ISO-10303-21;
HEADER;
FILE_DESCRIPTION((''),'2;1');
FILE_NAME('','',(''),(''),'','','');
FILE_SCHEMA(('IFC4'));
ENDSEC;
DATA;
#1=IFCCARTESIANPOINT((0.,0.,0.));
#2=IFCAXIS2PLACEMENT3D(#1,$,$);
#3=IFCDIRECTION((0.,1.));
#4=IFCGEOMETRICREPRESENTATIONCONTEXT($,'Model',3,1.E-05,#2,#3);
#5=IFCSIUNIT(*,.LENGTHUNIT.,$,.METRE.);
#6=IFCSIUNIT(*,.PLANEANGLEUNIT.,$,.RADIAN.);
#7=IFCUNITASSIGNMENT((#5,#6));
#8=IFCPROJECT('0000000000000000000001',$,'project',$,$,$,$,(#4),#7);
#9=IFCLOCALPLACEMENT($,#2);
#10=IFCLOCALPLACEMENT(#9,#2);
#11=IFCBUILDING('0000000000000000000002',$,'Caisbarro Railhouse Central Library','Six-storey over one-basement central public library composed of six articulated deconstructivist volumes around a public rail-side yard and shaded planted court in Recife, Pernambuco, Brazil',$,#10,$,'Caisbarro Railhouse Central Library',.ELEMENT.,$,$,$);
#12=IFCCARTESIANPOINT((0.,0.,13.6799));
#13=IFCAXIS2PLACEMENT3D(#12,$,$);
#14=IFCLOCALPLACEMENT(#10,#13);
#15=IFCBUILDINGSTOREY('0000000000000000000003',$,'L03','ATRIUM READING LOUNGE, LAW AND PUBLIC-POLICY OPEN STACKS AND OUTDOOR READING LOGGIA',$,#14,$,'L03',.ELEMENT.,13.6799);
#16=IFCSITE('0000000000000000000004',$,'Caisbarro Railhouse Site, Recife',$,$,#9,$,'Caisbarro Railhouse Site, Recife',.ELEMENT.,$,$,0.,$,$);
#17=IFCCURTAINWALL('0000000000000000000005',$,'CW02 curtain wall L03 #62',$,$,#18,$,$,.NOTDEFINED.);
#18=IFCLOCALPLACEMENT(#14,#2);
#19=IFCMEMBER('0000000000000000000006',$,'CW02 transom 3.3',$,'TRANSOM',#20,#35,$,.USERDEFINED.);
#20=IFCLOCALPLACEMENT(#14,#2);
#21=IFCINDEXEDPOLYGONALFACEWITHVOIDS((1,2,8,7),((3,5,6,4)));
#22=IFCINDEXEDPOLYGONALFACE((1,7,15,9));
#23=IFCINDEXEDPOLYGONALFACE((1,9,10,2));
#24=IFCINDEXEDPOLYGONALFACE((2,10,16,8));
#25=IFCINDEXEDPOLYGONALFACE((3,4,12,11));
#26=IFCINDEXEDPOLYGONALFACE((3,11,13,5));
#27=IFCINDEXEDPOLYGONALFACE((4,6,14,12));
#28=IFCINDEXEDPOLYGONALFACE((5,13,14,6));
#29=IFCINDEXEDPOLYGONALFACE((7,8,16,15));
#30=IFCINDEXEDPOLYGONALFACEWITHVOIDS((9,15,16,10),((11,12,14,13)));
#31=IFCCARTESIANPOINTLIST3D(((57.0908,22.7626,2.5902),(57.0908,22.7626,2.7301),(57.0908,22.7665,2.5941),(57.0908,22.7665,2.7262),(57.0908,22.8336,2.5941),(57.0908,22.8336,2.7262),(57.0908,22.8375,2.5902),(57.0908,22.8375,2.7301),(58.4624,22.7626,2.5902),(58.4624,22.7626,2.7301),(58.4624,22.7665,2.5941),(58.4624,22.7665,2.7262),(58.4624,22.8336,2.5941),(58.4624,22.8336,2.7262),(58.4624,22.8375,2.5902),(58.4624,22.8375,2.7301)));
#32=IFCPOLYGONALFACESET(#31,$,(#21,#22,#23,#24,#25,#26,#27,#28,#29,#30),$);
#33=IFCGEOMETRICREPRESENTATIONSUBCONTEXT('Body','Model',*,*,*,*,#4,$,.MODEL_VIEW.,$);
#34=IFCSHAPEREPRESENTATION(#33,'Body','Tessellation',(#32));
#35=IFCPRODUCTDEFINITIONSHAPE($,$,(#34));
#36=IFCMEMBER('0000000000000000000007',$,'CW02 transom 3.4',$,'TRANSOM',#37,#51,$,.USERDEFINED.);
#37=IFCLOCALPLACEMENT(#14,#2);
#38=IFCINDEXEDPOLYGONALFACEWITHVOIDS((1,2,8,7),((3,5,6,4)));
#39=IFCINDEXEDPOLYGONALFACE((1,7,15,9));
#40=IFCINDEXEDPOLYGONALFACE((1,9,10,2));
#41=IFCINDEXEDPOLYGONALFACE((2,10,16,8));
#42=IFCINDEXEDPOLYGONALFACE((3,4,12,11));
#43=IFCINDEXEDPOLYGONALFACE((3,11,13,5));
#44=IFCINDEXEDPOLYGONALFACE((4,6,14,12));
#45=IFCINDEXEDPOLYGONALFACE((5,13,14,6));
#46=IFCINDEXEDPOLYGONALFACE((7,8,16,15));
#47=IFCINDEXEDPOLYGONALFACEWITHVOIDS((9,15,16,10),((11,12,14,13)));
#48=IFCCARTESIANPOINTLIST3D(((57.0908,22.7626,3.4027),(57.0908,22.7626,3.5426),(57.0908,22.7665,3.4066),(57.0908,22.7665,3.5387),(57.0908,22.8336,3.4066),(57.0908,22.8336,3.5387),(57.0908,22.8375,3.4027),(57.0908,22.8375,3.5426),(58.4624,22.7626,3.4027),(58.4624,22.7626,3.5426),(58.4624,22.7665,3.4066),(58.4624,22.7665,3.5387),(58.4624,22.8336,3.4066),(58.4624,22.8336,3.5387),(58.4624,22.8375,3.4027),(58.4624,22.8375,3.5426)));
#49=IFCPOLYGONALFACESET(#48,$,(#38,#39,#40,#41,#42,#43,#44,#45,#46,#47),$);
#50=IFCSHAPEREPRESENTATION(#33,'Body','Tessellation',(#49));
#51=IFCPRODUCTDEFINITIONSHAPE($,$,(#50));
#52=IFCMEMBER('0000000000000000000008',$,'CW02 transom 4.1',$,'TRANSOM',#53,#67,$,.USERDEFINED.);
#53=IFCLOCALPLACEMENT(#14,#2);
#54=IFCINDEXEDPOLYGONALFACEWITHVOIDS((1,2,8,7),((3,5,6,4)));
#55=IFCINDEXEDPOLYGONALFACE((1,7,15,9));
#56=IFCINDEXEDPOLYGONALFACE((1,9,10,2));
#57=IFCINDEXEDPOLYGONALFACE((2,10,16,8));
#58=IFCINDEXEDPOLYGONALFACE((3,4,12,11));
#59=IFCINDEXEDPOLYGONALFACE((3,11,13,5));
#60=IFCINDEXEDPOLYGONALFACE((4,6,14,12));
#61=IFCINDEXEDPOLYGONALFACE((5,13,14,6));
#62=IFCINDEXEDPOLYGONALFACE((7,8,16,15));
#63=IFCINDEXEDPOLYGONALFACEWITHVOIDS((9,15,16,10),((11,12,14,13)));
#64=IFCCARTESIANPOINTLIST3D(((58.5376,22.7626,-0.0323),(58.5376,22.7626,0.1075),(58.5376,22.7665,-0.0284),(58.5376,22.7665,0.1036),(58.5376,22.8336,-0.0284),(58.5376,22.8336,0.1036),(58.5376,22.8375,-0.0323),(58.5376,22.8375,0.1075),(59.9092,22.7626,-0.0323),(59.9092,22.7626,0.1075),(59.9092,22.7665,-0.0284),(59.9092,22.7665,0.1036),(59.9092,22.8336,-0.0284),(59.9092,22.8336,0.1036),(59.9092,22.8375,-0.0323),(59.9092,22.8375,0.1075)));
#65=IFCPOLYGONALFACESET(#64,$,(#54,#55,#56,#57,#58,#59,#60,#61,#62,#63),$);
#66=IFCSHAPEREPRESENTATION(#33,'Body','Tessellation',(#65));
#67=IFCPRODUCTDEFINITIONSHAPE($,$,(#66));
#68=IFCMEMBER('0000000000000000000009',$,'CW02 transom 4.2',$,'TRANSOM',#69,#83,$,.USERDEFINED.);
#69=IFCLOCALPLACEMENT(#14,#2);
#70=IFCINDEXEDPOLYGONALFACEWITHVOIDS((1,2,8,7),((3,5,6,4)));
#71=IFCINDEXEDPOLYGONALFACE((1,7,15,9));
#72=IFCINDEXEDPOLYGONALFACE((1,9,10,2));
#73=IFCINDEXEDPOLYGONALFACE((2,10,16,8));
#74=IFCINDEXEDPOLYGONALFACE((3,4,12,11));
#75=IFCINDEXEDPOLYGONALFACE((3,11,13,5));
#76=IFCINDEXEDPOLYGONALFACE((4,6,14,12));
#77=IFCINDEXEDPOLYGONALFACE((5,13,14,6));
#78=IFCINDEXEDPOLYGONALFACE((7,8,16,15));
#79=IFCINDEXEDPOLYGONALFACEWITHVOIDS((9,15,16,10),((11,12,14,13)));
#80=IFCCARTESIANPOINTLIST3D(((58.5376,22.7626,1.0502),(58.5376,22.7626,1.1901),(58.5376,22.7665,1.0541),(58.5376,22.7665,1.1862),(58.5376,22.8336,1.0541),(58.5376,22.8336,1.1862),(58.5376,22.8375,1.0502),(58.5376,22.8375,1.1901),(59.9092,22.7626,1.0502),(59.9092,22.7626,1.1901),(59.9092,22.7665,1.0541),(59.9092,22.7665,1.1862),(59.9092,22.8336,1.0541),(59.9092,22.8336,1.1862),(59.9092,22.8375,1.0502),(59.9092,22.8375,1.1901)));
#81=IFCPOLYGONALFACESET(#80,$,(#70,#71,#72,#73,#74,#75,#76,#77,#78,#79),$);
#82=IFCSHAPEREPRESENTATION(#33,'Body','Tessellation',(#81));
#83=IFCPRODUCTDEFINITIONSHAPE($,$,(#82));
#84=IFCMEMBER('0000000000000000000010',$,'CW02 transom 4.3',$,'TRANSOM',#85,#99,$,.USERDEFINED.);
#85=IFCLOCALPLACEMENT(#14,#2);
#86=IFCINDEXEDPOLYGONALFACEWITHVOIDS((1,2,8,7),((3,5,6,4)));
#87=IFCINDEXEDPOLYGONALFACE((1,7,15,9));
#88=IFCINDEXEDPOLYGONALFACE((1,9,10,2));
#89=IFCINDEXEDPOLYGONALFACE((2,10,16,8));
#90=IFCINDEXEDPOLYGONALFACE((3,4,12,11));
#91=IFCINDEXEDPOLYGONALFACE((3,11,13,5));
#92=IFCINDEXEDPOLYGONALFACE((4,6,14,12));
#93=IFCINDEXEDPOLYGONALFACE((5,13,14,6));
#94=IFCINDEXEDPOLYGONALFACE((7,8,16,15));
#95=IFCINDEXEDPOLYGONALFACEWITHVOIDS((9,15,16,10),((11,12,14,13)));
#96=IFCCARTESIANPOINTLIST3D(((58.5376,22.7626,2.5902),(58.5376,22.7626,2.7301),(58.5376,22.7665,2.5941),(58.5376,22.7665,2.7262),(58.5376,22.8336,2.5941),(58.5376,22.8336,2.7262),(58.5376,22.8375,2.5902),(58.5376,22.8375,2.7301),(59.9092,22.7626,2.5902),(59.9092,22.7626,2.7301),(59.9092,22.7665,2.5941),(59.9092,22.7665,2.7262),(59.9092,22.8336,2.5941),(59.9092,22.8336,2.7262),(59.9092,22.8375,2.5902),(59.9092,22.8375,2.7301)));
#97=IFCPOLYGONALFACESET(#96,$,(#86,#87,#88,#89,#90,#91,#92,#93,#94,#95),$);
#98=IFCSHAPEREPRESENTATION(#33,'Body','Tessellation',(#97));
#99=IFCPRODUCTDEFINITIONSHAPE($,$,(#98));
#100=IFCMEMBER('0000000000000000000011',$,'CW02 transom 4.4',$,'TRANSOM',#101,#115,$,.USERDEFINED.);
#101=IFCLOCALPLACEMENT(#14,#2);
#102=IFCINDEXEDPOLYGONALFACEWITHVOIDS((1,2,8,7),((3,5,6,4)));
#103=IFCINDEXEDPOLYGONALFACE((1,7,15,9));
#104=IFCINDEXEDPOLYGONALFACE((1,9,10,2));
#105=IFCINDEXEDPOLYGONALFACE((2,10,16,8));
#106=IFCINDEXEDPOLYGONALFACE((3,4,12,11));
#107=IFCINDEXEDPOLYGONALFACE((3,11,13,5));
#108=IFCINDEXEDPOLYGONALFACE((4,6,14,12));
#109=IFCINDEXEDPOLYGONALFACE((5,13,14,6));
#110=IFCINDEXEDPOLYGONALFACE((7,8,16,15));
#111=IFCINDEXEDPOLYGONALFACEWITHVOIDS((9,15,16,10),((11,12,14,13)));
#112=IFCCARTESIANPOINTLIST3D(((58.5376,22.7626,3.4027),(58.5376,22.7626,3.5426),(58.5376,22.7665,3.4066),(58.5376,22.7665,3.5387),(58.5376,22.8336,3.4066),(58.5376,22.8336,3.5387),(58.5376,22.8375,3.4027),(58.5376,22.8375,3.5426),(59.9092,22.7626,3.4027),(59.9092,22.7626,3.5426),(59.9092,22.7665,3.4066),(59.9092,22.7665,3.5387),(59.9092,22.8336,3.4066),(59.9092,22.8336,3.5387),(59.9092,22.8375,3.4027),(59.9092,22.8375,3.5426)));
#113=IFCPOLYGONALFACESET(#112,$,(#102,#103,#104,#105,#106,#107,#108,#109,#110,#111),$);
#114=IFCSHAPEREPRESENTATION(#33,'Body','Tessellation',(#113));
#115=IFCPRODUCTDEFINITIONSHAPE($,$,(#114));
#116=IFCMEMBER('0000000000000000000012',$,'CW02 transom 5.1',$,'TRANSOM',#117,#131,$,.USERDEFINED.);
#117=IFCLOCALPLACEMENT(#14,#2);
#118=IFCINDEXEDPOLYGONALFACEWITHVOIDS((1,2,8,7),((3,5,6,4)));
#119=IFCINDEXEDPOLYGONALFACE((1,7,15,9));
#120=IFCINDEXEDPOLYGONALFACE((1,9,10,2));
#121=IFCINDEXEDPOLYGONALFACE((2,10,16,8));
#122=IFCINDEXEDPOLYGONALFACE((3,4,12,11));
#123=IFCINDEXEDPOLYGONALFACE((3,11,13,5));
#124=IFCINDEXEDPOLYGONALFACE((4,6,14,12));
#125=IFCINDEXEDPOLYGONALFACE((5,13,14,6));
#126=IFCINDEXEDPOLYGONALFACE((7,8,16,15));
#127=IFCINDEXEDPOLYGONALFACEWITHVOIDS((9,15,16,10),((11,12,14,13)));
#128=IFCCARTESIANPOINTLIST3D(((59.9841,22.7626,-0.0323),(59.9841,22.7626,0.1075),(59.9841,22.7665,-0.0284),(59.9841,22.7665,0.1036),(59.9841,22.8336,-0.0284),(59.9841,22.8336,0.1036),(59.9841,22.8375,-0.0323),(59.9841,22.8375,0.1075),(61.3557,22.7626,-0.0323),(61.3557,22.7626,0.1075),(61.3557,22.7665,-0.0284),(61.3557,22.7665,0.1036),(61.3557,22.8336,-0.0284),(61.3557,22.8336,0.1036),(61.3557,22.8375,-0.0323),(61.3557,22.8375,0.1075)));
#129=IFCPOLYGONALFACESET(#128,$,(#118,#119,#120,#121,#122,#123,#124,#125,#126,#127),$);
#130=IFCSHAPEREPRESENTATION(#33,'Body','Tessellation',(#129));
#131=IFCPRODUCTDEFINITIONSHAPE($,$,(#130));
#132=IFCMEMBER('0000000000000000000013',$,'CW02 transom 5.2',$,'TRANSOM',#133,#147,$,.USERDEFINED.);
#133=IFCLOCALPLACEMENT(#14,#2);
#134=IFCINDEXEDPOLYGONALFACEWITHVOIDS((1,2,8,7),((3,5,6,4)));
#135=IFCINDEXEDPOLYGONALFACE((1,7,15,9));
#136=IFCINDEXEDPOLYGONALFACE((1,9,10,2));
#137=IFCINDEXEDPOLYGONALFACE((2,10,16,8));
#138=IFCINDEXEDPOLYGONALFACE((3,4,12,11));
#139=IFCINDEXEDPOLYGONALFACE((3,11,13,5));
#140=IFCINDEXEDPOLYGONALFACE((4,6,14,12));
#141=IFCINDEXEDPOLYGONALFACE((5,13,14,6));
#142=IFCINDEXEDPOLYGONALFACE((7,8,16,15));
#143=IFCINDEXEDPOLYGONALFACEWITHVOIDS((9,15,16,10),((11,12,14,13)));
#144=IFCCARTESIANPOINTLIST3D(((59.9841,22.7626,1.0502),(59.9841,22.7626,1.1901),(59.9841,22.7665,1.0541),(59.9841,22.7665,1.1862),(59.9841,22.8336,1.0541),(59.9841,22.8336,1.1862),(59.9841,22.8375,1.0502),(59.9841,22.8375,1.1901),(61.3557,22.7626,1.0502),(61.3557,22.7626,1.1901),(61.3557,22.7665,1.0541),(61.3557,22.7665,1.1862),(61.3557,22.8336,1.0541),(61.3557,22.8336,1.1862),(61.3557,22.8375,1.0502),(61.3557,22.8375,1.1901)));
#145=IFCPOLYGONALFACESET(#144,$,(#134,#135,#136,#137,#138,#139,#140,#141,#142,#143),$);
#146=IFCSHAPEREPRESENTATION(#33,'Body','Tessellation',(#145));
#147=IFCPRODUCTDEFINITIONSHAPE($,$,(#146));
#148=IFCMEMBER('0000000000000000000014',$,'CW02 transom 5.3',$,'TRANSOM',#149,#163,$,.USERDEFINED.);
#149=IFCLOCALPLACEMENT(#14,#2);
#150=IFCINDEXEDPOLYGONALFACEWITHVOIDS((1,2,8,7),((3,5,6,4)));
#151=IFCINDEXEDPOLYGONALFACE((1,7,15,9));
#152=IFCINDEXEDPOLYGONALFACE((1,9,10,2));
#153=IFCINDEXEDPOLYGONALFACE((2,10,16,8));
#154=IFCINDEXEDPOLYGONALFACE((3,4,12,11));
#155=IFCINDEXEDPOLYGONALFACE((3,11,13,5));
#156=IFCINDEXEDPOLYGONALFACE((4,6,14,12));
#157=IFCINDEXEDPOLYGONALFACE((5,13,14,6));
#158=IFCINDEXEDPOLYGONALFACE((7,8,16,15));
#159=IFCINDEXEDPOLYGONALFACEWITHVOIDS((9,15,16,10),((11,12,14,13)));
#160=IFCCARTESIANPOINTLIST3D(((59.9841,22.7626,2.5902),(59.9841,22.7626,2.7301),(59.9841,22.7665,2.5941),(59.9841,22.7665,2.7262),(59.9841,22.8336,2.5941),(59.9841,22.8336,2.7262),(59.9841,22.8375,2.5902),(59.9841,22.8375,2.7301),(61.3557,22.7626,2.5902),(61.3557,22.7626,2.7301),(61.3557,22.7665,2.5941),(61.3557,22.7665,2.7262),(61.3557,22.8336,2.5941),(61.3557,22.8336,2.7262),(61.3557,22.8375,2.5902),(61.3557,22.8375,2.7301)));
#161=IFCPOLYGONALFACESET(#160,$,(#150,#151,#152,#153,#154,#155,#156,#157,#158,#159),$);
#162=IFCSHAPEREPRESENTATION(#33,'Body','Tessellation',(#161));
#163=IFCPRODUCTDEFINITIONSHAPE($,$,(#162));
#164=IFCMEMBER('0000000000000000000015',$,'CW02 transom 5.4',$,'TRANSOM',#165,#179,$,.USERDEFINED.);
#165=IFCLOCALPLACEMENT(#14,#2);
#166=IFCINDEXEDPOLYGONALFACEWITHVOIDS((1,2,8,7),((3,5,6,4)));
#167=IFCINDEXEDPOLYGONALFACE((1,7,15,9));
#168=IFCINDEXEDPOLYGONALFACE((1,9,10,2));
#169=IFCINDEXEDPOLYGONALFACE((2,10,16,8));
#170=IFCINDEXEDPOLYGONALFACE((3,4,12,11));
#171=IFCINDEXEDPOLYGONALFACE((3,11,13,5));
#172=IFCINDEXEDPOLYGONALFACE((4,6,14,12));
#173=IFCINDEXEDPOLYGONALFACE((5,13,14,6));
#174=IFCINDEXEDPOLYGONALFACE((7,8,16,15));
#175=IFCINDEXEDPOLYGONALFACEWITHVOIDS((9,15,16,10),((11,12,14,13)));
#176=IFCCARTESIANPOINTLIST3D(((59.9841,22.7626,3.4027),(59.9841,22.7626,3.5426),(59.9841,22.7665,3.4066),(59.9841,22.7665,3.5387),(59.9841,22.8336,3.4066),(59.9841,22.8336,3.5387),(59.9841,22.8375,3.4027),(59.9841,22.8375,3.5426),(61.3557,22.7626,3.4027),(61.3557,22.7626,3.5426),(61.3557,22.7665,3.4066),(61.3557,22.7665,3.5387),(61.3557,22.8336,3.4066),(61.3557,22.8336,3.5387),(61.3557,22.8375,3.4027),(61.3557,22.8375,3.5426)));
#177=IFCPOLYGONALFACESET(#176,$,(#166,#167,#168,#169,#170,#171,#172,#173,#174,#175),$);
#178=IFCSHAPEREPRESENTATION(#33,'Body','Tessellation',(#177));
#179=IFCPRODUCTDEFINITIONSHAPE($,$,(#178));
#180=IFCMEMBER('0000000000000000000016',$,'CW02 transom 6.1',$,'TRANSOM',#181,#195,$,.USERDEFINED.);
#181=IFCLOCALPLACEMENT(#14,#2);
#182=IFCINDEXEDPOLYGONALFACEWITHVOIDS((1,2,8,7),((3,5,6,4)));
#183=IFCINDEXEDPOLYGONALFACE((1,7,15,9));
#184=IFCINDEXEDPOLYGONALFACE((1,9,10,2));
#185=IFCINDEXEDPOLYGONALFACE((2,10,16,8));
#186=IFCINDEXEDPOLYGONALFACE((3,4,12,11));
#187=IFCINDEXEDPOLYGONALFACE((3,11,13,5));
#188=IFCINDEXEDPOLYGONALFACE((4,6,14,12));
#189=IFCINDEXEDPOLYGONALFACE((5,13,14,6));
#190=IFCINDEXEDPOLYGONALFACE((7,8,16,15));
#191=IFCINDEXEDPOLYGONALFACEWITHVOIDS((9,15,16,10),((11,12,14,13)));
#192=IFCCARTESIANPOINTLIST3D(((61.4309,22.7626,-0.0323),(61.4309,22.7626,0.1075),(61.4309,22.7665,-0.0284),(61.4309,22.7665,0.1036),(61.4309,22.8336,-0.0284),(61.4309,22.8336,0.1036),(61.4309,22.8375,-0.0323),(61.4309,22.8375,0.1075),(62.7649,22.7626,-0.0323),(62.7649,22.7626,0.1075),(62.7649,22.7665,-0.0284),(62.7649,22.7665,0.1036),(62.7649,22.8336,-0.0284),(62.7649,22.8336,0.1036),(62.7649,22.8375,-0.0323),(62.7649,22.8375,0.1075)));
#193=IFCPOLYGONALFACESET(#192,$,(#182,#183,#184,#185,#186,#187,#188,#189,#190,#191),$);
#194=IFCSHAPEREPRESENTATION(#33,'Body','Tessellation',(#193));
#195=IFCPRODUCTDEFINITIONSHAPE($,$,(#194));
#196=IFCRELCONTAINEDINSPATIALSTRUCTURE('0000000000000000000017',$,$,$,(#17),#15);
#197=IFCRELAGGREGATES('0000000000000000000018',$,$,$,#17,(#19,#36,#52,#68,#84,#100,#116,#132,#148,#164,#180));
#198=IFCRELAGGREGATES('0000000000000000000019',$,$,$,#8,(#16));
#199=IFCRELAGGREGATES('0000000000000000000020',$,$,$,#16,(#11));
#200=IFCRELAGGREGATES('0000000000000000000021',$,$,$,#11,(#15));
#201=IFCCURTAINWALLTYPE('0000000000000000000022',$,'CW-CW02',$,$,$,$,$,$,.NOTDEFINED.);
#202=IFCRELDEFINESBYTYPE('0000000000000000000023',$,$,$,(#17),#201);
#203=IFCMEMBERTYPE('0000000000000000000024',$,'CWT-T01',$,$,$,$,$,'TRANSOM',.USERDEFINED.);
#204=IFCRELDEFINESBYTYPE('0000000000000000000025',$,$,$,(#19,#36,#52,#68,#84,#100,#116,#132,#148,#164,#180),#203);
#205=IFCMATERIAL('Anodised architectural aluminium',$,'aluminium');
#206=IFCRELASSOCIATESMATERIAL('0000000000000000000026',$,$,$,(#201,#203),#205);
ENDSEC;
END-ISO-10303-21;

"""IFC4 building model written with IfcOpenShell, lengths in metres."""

from ifc_helpers import new_model, si_unit, direction, frame, origin, origin_2d, place, context, subcontext, project, spatial, hollow_rectangle, extrude, material, material_profile, profile_set, type_object, element, aggregate, save


model = new_model("IFC4")

# Units and contexts
model_context = context("Model", 3, precision=1e-05, world=origin(), true_north=direction((0.0, 1.0)))
body_context = subcontext(model_context, "Body", "Model", "MODEL_VIEW")
ifc_project = project(units=[si_unit("LENGTHUNIT", "METRE"), si_unit("PLANEANGLEUNIT", "RADIAN")], contexts=[model_context])

# Site, building, storey
site_placement = place(None, origin())
site = spatial("IfcSite", under=ifc_project, at=site_placement, Name="Caisbarro Railhouse Site, Recife", LongName="Caisbarro Railhouse Site, Recife", CompositionType="ELEMENT", RefElevation=0.0)
building_placement = place(site_placement, origin())
building = spatial("IfcBuilding", under=site, at=building_placement, Name="Caisbarro Railhouse Central Library", Description="Six-storey over one-basement central public library composed of six articulated deconstructivist volumes around a public rail-side yard and shaded planted court in Recife, Pernambuco, Brazil", LongName="Caisbarro Railhouse Central Library", CompositionType="ELEMENT")
storey_placement = place(building_placement, frame((0.0, 0.0, 13.6799)))
storey = spatial("IfcBuildingStorey", under=building, at=storey_placement, Name="L03", Description="ATRIUM READING LOUNGE, LAW AND PUBLIC-POLICY OPEN STACKS AND OUTDOOR READING LOGGIA", LongName="L03", CompositionType="ELEMENT", Elevation=13.6799)

# Curtain wall, members
ifc_material_1 = material(Name="Anodised architectural aluminium", Category="aluminium")
curtain_wall_type = type_object("IfcCurtainWallType", Name="CW-CW02", PredefinedType="NOTDEFINED", material=ifc_material_1)
curtain_wall_placement = place(storey_placement, origin())
curtain_wall = element("IfcCurtainWall", 1, at=curtain_wall_placement, inside=storey, type_object=curtain_wall_type, Name="CW02 curtain wall L03 #62", PredefinedType="NOTDEFINED")
ifc_material_profile_1 = material_profile(ifc_material_1, hollow_rectangle(XDim=0.075, YDim=0.1399, WallThickness=0.0039, at=origin_2d()), Name="ALU-TRN-75X140")
ifc_profile_set_1 = profile_set([ifc_material_profile_1], Name="Anodised architectural aluminium")
member_type_1 = type_object("IfcMemberType", Name="CWT-T01", ElementType="TRANSOM", PredefinedType="USERDEFINED", material=ifc_profile_set_1)
member_1_placement = place(storey_placement, frame((57.0908, 22.8, 2.6602), z_axis=(1.0, 0.0, 0.0), x_axis=(0.0, 1.0, 0.0)))
member_1 = element("IfcMember", 2, at=member_1_placement, type_object=member_type_1, Name="CW02 transom 3.3", ObjectType="TRANSOM", PredefinedType="USERDEFINED", context=body_context, shape_type="SweptSolid", body=[
    extrude(hollow_rectangle(XDim=0.075, YDim=0.1399, WallThickness=0.0039, at=origin_2d()), origin(), (0.0, 0.0, 1.0), 1.3716),
])
member_2_placement = place(storey_placement, frame((57.0908, 22.8, 3.4727), z_axis=(1.0, 0.0, 0.0), x_axis=(0.0, 1.0, 0.0)))
member_2 = element("IfcMember", 3, at=member_2_placement, type_object=member_type_1, Name="CW02 transom 3.4", ObjectType="TRANSOM", PredefinedType="USERDEFINED", context=body_context, shape_type="SweptSolid", body=[
    extrude(hollow_rectangle(XDim=0.075, YDim=0.1399, WallThickness=0.0039, at=origin_2d()), origin(), (0.0, 0.0, 1.0), 1.3716),
])
member_3_placement = place(storey_placement, frame((58.5376, 22.8, 0.0376), z_axis=(1.0, 0.0, 0.0), x_axis=(0.0, 1.0, 0.0)))
member_3 = element("IfcMember", 4, at=member_3_placement, type_object=member_type_1, Name="CW02 transom 4.1", ObjectType="TRANSOM", PredefinedType="USERDEFINED", context=body_context, shape_type="SweptSolid", body=[
    extrude(hollow_rectangle(XDim=0.075, YDim=0.1399, WallThickness=0.0039, at=origin_2d()), origin(), (0.0, 0.0, 1.0), 1.3716),
])
member_4_placement = place(storey_placement, frame((58.5376, 22.8, 1.1201), z_axis=(1.0, 0.0, 0.0), x_axis=(0.0, 1.0, 0.0)))
member_4 = element("IfcMember", 5, at=member_4_placement, type_object=member_type_1, Name="CW02 transom 4.2", ObjectType="TRANSOM", PredefinedType="USERDEFINED", context=body_context, shape_type="SweptSolid", body=[
    extrude(hollow_rectangle(XDim=0.075, YDim=0.1399, WallThickness=0.0039, at=origin_2d()), origin(), (0.0, 0.0, 1.0), 1.3716),
])
member_5_placement = place(storey_placement, frame((58.5376, 22.8, 2.6602), z_axis=(1.0, 0.0, 0.0), x_axis=(0.0, 1.0, 0.0)))
member_5 = element("IfcMember", 6, at=member_5_placement, type_object=member_type_1, Name="CW02 transom 4.3", ObjectType="TRANSOM", PredefinedType="USERDEFINED", context=body_context, shape_type="SweptSolid", body=[
    extrude(hollow_rectangle(XDim=0.075, YDim=0.1399, WallThickness=0.0039, at=origin_2d()), origin(), (0.0, 0.0, 1.0), 1.3716),
])
member_6_placement = place(storey_placement, frame((58.5376, 22.8, 3.4727), z_axis=(1.0, 0.0, 0.0), x_axis=(0.0, 1.0, 0.0)))
member_6 = element("IfcMember", 7, at=member_6_placement, type_object=member_type_1, Name="CW02 transom 4.4", ObjectType="TRANSOM", PredefinedType="USERDEFINED", context=body_context, shape_type="SweptSolid", body=[
    extrude(hollow_rectangle(XDim=0.075, YDim=0.1399, WallThickness=0.0039, at=origin_2d()), origin(), (0.0, 0.0, 1.0), 1.3716),
])
member_7_placement = place(storey_placement, frame((59.9841, 22.8, 0.0376), z_axis=(1.0, 0.0, 0.0), x_axis=(0.0, 1.0, 0.0)))
member_7 = element("IfcMember", 8, at=member_7_placement, type_object=member_type_1, Name="CW02 transom 5.1", ObjectType="TRANSOM", PredefinedType="USERDEFINED", context=body_context, shape_type="SweptSolid", body=[
    extrude(hollow_rectangle(XDim=0.075, YDim=0.1399, WallThickness=0.0039, at=origin_2d()), origin(), (0.0, 0.0, 1.0), 1.3716),
])
member_8_placement = place(storey_placement, frame((59.9841, 22.8, 1.1201), z_axis=(1.0, 0.0, 0.0), x_axis=(0.0, 1.0, 0.0)))
member_8 = element("IfcMember", 9, at=member_8_placement, type_object=member_type_1, Name="CW02 transom 5.2", ObjectType="TRANSOM", PredefinedType="USERDEFINED", context=body_context, shape_type="SweptSolid", body=[
    extrude(hollow_rectangle(XDim=0.075, YDim=0.1399, WallThickness=0.0039, at=origin_2d()), origin(), (0.0, 0.0, 1.0), 1.3716),
])
member_9_placement = place(storey_placement, frame((59.9841, 22.8, 2.6602), z_axis=(1.0, 0.0, 0.0), x_axis=(0.0, 1.0, 0.0)))
member_9 = element("IfcMember", 10, at=member_9_placement, type_object=member_type_1, Name="CW02 transom 5.3", ObjectType="TRANSOM", PredefinedType="USERDEFINED", context=body_context, shape_type="SweptSolid", body=[
    extrude(hollow_rectangle(XDim=0.075, YDim=0.1399, WallThickness=0.0039, at=origin_2d()), origin(), (0.0, 0.0, 1.0), 1.3716),
])
member_10_placement = place(storey_placement, frame((59.9841, 22.8, 3.4727), z_axis=(1.0, 0.0, 0.0), x_axis=(0.0, 1.0, 0.0)))
member_10 = element("IfcMember", 11, at=member_10_placement, type_object=member_type_1, Name="CW02 transom 5.4", ObjectType="TRANSOM", PredefinedType="USERDEFINED", context=body_context, shape_type="SweptSolid", body=[
    extrude(hollow_rectangle(XDim=0.075, YDim=0.1399, WallThickness=0.0039, at=origin_2d()), origin(), (0.0, 0.0, 1.0), 1.3716),
])
member_11_placement = place(storey_placement, frame((61.4309, 22.8, 0.0376), z_axis=(1.0, 0.0, 0.0), x_axis=(0.0, 1.0, 0.0)))
member_11 = element("IfcMember", 12, at=member_11_placement, type_object=member_type_1, Name="CW02 transom 6.1", ObjectType="TRANSOM", PredefinedType="USERDEFINED", context=body_context, shape_type="SweptSolid", body=[
    extrude(hollow_rectangle(XDim=0.075, YDim=0.1399, WallThickness=0.0039, at=origin_2d()), origin(), (0.0, 0.0, 1.0), 1.334),
])
aggregate(curtain_wall, [member_1, member_2, member_3, member_4, member_5, member_6, member_7, member_8, member_9, member_10, member_11])

save(model, "model.ifc")
